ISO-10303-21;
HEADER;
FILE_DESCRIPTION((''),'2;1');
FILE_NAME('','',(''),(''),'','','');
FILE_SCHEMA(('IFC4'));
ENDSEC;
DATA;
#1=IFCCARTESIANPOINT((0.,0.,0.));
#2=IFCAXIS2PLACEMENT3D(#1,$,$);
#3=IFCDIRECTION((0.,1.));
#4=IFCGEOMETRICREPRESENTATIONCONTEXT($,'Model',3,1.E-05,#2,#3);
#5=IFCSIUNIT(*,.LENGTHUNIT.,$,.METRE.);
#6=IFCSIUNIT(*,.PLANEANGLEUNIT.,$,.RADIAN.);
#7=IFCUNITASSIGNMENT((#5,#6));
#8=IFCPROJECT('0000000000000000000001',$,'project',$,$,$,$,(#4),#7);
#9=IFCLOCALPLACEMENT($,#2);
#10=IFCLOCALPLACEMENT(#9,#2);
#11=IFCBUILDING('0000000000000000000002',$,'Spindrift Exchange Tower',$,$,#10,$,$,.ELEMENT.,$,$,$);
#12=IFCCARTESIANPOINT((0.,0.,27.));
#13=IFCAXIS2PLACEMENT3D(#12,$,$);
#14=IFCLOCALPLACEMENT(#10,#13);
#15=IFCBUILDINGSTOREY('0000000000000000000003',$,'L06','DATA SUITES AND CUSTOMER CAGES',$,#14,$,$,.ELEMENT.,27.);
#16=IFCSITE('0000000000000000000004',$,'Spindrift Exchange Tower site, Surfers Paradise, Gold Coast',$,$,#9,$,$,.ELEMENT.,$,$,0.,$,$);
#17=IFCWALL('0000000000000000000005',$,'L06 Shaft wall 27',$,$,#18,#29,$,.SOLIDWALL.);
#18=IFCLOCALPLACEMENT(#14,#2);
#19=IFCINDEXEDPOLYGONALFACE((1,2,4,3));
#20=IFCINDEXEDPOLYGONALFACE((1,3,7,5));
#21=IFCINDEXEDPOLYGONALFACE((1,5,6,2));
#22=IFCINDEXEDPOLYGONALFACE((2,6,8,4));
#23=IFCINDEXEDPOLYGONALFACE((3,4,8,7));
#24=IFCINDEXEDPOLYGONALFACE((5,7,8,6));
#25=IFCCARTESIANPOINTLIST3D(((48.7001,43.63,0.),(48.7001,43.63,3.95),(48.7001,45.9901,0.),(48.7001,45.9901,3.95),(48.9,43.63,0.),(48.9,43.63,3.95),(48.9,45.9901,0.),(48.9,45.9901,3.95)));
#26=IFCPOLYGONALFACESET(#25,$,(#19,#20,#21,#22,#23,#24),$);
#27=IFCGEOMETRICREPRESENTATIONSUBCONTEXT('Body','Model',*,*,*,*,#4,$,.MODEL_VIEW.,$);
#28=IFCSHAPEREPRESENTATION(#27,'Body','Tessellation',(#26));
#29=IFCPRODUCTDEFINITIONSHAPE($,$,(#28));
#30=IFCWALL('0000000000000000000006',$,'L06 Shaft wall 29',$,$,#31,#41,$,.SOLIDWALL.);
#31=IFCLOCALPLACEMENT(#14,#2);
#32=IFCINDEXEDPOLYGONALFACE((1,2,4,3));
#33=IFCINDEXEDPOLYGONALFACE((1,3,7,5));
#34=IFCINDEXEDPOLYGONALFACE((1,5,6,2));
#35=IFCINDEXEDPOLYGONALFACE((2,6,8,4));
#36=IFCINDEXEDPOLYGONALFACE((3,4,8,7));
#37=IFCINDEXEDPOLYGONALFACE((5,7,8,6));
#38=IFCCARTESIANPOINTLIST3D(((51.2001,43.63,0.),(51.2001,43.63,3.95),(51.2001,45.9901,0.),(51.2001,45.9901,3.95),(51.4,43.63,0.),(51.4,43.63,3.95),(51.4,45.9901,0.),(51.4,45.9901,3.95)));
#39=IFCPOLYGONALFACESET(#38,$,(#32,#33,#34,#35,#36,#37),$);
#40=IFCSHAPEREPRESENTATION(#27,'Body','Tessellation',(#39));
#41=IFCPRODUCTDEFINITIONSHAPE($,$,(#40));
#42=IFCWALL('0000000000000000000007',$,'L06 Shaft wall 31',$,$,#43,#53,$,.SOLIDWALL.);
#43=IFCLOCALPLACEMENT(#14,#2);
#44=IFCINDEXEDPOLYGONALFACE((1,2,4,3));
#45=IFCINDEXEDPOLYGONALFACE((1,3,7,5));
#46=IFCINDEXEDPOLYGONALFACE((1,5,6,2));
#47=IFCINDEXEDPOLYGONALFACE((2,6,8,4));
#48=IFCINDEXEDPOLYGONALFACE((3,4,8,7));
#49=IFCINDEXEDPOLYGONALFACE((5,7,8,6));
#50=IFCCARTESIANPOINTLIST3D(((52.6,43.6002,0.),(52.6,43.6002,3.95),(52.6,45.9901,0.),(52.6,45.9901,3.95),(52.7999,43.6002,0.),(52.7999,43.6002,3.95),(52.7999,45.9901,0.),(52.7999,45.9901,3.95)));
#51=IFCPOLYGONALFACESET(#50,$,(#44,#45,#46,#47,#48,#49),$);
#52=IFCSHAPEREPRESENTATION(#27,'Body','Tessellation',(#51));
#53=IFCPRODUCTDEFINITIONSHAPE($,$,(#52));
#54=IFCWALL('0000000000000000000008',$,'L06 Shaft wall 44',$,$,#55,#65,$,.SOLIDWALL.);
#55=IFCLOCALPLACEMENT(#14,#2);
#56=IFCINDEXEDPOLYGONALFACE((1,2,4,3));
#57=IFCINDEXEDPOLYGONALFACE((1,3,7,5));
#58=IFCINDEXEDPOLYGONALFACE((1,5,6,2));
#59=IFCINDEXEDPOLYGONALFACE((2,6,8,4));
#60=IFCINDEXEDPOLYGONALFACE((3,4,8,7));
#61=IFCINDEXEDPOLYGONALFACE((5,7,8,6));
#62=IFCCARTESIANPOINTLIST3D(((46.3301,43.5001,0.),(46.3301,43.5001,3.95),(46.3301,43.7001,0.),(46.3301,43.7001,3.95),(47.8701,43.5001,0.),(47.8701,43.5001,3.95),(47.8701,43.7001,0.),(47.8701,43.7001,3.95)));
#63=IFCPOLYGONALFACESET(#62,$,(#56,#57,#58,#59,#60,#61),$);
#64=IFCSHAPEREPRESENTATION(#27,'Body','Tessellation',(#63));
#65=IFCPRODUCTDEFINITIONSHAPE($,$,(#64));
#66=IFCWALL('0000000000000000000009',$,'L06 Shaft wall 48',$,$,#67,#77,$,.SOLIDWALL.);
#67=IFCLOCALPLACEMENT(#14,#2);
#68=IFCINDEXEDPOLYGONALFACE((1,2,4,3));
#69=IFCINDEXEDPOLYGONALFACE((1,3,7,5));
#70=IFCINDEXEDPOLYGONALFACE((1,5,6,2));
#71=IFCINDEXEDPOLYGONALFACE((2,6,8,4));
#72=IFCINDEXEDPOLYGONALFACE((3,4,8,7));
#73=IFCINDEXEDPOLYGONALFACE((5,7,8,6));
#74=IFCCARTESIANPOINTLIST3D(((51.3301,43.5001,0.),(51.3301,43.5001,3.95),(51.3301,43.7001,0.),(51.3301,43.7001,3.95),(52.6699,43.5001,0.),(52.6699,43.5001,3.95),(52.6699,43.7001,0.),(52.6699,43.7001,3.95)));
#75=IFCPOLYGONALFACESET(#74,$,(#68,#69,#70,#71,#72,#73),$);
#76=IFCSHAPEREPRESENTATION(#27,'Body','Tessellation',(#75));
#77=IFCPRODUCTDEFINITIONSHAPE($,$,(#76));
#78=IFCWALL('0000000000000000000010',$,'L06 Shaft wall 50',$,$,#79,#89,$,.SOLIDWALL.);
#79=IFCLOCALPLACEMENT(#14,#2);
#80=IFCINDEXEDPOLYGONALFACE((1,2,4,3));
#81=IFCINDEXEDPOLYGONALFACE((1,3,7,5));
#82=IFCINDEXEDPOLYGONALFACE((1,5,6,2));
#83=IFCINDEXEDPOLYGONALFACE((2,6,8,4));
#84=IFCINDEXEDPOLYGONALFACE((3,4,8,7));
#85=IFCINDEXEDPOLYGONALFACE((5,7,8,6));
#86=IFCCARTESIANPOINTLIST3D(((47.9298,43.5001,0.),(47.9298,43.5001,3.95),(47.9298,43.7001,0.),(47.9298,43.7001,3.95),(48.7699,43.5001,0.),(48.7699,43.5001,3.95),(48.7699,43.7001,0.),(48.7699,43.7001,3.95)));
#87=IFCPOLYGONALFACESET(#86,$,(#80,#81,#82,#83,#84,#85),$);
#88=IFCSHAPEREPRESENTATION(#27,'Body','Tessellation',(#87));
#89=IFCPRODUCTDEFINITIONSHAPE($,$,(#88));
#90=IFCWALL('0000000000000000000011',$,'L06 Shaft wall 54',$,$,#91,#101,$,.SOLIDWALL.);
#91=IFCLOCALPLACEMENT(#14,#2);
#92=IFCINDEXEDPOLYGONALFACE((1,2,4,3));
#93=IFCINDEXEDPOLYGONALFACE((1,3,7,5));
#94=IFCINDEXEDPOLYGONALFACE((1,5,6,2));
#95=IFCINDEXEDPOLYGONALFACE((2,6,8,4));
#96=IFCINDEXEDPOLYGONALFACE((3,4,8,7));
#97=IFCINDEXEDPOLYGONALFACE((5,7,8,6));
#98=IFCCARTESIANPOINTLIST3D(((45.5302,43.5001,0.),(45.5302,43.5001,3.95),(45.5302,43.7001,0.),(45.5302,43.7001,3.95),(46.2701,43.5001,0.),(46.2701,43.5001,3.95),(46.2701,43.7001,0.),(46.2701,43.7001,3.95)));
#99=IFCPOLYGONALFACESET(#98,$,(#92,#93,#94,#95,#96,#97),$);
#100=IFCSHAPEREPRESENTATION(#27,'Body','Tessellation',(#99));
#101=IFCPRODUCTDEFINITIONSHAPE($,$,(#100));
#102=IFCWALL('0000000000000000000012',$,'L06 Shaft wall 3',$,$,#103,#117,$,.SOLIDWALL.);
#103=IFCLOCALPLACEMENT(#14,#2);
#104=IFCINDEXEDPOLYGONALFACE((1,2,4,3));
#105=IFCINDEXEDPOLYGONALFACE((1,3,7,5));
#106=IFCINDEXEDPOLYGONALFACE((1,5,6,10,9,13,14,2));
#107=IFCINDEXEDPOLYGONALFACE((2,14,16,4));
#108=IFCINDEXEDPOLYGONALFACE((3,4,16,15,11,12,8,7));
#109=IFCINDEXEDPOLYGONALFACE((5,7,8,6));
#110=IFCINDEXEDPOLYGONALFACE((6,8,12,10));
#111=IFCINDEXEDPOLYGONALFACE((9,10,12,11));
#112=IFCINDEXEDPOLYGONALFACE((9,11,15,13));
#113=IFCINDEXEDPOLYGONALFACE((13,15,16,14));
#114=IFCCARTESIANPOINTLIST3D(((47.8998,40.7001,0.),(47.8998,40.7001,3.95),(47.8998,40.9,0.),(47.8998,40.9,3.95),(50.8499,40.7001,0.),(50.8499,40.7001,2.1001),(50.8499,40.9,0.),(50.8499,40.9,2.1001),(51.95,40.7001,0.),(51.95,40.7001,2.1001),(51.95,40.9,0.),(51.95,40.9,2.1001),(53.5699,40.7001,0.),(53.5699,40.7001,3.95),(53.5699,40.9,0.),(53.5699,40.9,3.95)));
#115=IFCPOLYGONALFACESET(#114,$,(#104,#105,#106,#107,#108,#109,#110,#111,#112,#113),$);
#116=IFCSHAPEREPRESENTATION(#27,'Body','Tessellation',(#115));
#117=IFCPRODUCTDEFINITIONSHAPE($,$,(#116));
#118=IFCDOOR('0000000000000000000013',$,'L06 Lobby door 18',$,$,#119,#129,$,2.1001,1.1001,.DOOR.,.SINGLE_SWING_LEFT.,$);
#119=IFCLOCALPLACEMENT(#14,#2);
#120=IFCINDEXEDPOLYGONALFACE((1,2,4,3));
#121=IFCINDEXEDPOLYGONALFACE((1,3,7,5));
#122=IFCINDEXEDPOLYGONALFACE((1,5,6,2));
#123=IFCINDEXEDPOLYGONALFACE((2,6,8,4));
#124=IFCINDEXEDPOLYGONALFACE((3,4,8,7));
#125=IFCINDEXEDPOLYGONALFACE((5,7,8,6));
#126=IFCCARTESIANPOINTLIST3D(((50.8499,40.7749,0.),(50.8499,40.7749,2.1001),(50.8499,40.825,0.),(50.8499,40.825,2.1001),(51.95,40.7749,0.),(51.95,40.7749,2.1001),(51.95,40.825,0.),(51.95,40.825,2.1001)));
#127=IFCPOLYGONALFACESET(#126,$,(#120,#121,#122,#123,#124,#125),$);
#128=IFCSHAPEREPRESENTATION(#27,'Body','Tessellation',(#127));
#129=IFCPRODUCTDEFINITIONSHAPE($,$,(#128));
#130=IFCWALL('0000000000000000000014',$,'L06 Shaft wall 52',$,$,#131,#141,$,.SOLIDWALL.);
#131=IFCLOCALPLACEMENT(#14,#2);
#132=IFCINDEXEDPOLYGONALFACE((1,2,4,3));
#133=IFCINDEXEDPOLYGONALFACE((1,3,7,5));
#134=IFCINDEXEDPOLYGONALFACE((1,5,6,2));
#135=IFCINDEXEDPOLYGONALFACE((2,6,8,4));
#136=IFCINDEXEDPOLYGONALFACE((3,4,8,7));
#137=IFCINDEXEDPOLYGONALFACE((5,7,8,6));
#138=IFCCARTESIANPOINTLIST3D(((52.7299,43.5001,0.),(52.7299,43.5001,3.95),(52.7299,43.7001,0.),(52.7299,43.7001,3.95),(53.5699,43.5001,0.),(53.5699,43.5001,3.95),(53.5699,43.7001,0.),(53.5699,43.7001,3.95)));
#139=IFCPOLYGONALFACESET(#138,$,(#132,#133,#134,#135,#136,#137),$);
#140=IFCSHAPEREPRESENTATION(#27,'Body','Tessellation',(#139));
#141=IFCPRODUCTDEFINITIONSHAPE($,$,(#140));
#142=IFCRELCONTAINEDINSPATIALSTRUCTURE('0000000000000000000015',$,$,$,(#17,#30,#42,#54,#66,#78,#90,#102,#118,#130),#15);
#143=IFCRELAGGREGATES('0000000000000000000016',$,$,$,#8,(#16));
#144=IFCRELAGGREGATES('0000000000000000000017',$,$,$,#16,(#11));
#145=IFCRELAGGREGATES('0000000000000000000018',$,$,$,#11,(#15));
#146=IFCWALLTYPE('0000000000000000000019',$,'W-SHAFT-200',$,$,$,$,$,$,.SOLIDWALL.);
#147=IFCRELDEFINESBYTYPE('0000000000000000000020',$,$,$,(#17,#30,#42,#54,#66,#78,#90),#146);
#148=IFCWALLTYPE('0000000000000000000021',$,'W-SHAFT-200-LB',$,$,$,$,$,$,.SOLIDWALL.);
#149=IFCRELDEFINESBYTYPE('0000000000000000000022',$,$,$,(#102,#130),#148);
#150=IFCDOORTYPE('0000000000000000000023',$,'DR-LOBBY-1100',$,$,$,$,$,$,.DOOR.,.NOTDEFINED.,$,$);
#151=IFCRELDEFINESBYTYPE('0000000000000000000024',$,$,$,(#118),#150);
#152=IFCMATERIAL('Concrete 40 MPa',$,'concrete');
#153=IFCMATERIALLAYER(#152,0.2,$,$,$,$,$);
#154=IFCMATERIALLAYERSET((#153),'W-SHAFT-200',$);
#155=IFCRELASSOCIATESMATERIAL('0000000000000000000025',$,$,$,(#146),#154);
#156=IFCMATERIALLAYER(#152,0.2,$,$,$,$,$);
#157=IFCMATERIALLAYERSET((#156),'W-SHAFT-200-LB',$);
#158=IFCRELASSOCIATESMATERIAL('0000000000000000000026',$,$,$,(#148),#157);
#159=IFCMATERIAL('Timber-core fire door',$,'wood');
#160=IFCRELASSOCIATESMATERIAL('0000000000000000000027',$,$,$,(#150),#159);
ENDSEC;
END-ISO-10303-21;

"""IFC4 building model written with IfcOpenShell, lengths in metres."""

from ifc_helpers import new_model, si_unit, direction, frame, frame_2d, origin, place, context, subcontext, project, spatial, rectangle, extrude, source, transform, mapped, material, layer, layer_set, type_object, element, fill, save


model = new_model("IFC4")

# Units and contexts
model_context = context("Model", 3, precision=1e-05, world=origin(), true_north=direction((0.0, 1.0)))
body_context = subcontext(model_context, "Body", "Model", "MODEL_VIEW")
ifc_project = project(units=[si_unit("LENGTHUNIT", "METRE"), si_unit("PLANEANGLEUNIT", "RADIAN")], contexts=[model_context])

# Site, building, storey
site_placement = place(None, origin())
site = spatial("IfcSite", under=ifc_project, at=site_placement, Name="Spindrift Exchange Tower site, Surfers Paradise, Gold Coast", CompositionType="ELEMENT", RefElevation=0.0)
building_placement = place(site_placement, origin())
building = spatial("IfcBuilding", under=site, at=building_placement, Name="Spindrift Exchange Tower", CompositionType="ELEMENT")
storey_placement = place(building_placement, frame((0.0, 0.0, 27.0)))
storey = spatial("IfcBuildingStorey", under=building, at=storey_placement, Name="L06", Description="DATA SUITES AND CUSTOMER CAGES", CompositionType="ELEMENT", Elevation=27.0)

# Shared definitions
ifc_material_1 = material(Name="Concrete 40 MPa", Category="concrete")
ifc_layer_1 = layer(ifc_material_1, 0.2)
ifc_layer_set_1 = layer_set([ifc_layer_1], Name="W-SHAFT-200")
wall_type_1 = type_object("IfcWallType", Name="W-SHAFT-200", PredefinedType="SOLIDWALL", material=ifc_layer_set_1)

# Walls
for number, where, z_axis, x_axis, name in (
    (1, (48.8, 43.6299, 0.0), (0.0, 0.0, 1.0), (0.0, 1.0, 0.0), "L06 Shaft wall 27"),
    (2, (51.3, 43.6299, 0.0), (0.0, 0.0, 1.0), (0.0, 1.0, 0.0), "L06 Shaft wall 29"),
):
    element("IfcWall", number, at=place(storey_placement, frame(where, z_axis=z_axis, x_axis=x_axis)), inside=storey, type_object=wall_type_1, Name=name, PredefinedType="SOLIDWALL", context=body_context, shape_type="SweptSolid", body=[
        extrude(rectangle(XDim=2.3601, YDim=0.2, at=frame_2d((1.1802, 0.0))), origin(), (0.0, 0.0, 1.0), 3.95),
    ])
wall_1_placement = place(storey_placement, frame((52.7, 45.99, 0.0), z_axis=(0.0, 0.0, 1.0), x_axis=(0.0, -1.0, 0.0)))
element("IfcWall", 3, at=wall_1_placement, inside=storey, type_object=wall_type_1, Name="L06 Shaft wall 31", PredefinedType="SOLIDWALL", context=body_context, shape_type="SweptSolid", body=[
    extrude(rectangle(XDim=2.3899, YDim=0.2, at=frame_2d((1.1948, 0.0))), origin(), (0.0, 0.0, 1.0), 3.95),
])
wall_2_placement = place(storey_placement, frame((46.3301, 43.6001, 0.0), z_axis=(0.0, 0.0, 1.0), x_axis=(1.0, 0.0, 0.0)))
element("IfcWall", 4, at=wall_2_placement, inside=storey, type_object=wall_type_1, Name="L06 Shaft wall 44", PredefinedType="SOLIDWALL", context=body_context, shape_type="SweptSolid", body=[
    extrude(rectangle(XDim=1.54, YDim=0.2, at=frame_2d((0.77, 0.0))), origin(), (0.0, 0.0, 1.0), 3.95),
])
wall_3_placement = place(storey_placement, frame((52.6699, 43.6001, 0.0), z_axis=(0.0, 0.0, 1.0), x_axis=(-1.0, 0.0, 0.0)))
element("IfcWall", 5, at=wall_3_placement, inside=storey, type_object=wall_type_1, Name="L06 Shaft wall 48", PredefinedType="SOLIDWALL", context=body_context, shape_type="SweptSolid", body=[
    extrude(rectangle(XDim=1.3398, YDim=0.2, at=frame_2d((0.6699, 0.0))), origin(), (0.0, 0.0, 1.0), 3.95),
])
wall_4_placement = place(storey_placement, frame((47.9299, 43.6001, 0.0), z_axis=(0.0, 0.0, 1.0), x_axis=(1.0, 0.0, 0.0)))
element("IfcWall", 6, at=wall_4_placement, inside=storey, type_object=wall_type_1, Name="L06 Shaft wall 50", PredefinedType="SOLIDWALL", context=body_context, shape_type="SweptSolid", body=[
    extrude(rectangle(XDim=0.8401, YDim=0.2, at=frame_2d((0.4199, 0.0))), origin(), (0.0, 0.0, 1.0), 3.95),
])
wall_5_placement = place(storey_placement, frame((45.53, 43.6001, 0.0), z_axis=(0.0, 0.0, 1.0), x_axis=(1.0, 0.0, 0.0)))
element("IfcWall", 7, at=wall_5_placement, inside=storey, type_object=wall_type_1, Name="L06 Shaft wall 54", PredefinedType="SOLIDWALL", context=body_context, shape_type="SweptSolid", body=[
    extrude(rectangle(XDim=0.74, YDim=0.2, at=frame_2d((0.3701, 0.0))), origin(), (0.0, 0.0, 1.0), 3.95),
])

# Wall, opening, door
ifc_layer_2 = layer(ifc_material_1, 0.2)
ifc_layer_set_2 = layer_set([ifc_layer_2], Name="W-SHAFT-200-LB")
wall_type_2 = type_object("IfcWallType", Name="W-SHAFT-200-LB", PredefinedType="SOLIDWALL", material=ifc_layer_set_2)
wall_6_placement = place(storey_placement, frame((47.8999, 40.8, 0.0), z_axis=(0.0, 0.0, 1.0), x_axis=(1.0, 0.0, 0.0)))
wall_6 = element("IfcWall", 8, at=wall_6_placement, inside=storey, type_object=wall_type_2, Name="L06 Shaft wall 3", PredefinedType="SOLIDWALL", context=body_context, shape_type="SweptSolid", body=[
    extrude(rectangle(XDim=5.6702, YDim=0.2, at=frame_2d((2.835, 0.0))), origin(), (0.0, 0.0, 1.0), 3.95),
])
opening_1_placement = place(wall_6_placement, frame((2.95, 0.0, 0.0)))
opening_1 = element("IfcOpeningElement", 9, at=opening_1_placement, cuts=wall_6, PredefinedType="OPENING", context=body_context, shape_type="SweptSolid", body=[
    extrude(rectangle(XDim=1.1001, YDim=2.1001, at=frame_2d((0.55, 1.05))), frame((0.0, 0.1099, 0.0), z_axis=(0.0, -1.0, 0.0), x_axis=(1.0, 0.0, 0.0)), (0.0, 0.0, 1.0), 0.22),
])
ifc_material_2 = material(Name="Timber-core fire door", Category="wood")
door_type_1 = type_object("IfcDoorType", Name="DR-LOBBY-1100", OperationType="NOTDEFINED", PredefinedType="DOOR", material=ifc_material_2)
shared_shape_1 = source(origin(), body_context, "Body", "SweptSolid", [
    extrude(rectangle(XDim=1.1001, YDim=2.1001, at=frame_2d((0.55, 1.05))), frame((0.0, 0.0249, 0.0), z_axis=(0.0, -1.0, 0.0), x_axis=(1.0, 0.0, 0.0)), (0.0, 0.0, 1.0), 0.05),
])
door_1_placement = place(opening_1_placement, origin())
door_1 = element("IfcDoor", 10, at=door_1_placement, inside=storey, type_object=door_type_1, Name="L06 Lobby door 18", OperationType="SINGLE_SWING_LEFT", OverallHeight=2.1001, OverallWidth=1.1001, PredefinedType="DOOR", context=body_context, shape_type="MappedRepresentation", body=[
    mapped(shared_shape_1, transform((0.0, 0.0, 0.0), scale=1.0)),
])
fill(opening_1, door_1)

# Wall
wall_7_placement = place(storey_placement, frame((52.73, 43.6001, 0.0), z_axis=(0.0, 0.0, 1.0), x_axis=(1.0, 0.0, 0.0)))
element("IfcWall", 11, at=wall_7_placement, inside=storey, type_object=wall_type_2, Name="L06 Shaft wall 52", PredefinedType="SOLIDWALL", context=body_context, shape_type="SweptSolid", body=[
    extrude(rectangle(XDim=0.8401, YDim=0.2, at=frame_2d((0.4199, 0.0))), origin(), (0.0, 0.0, 1.0), 3.95),
])

save(model, "model.ifc")
